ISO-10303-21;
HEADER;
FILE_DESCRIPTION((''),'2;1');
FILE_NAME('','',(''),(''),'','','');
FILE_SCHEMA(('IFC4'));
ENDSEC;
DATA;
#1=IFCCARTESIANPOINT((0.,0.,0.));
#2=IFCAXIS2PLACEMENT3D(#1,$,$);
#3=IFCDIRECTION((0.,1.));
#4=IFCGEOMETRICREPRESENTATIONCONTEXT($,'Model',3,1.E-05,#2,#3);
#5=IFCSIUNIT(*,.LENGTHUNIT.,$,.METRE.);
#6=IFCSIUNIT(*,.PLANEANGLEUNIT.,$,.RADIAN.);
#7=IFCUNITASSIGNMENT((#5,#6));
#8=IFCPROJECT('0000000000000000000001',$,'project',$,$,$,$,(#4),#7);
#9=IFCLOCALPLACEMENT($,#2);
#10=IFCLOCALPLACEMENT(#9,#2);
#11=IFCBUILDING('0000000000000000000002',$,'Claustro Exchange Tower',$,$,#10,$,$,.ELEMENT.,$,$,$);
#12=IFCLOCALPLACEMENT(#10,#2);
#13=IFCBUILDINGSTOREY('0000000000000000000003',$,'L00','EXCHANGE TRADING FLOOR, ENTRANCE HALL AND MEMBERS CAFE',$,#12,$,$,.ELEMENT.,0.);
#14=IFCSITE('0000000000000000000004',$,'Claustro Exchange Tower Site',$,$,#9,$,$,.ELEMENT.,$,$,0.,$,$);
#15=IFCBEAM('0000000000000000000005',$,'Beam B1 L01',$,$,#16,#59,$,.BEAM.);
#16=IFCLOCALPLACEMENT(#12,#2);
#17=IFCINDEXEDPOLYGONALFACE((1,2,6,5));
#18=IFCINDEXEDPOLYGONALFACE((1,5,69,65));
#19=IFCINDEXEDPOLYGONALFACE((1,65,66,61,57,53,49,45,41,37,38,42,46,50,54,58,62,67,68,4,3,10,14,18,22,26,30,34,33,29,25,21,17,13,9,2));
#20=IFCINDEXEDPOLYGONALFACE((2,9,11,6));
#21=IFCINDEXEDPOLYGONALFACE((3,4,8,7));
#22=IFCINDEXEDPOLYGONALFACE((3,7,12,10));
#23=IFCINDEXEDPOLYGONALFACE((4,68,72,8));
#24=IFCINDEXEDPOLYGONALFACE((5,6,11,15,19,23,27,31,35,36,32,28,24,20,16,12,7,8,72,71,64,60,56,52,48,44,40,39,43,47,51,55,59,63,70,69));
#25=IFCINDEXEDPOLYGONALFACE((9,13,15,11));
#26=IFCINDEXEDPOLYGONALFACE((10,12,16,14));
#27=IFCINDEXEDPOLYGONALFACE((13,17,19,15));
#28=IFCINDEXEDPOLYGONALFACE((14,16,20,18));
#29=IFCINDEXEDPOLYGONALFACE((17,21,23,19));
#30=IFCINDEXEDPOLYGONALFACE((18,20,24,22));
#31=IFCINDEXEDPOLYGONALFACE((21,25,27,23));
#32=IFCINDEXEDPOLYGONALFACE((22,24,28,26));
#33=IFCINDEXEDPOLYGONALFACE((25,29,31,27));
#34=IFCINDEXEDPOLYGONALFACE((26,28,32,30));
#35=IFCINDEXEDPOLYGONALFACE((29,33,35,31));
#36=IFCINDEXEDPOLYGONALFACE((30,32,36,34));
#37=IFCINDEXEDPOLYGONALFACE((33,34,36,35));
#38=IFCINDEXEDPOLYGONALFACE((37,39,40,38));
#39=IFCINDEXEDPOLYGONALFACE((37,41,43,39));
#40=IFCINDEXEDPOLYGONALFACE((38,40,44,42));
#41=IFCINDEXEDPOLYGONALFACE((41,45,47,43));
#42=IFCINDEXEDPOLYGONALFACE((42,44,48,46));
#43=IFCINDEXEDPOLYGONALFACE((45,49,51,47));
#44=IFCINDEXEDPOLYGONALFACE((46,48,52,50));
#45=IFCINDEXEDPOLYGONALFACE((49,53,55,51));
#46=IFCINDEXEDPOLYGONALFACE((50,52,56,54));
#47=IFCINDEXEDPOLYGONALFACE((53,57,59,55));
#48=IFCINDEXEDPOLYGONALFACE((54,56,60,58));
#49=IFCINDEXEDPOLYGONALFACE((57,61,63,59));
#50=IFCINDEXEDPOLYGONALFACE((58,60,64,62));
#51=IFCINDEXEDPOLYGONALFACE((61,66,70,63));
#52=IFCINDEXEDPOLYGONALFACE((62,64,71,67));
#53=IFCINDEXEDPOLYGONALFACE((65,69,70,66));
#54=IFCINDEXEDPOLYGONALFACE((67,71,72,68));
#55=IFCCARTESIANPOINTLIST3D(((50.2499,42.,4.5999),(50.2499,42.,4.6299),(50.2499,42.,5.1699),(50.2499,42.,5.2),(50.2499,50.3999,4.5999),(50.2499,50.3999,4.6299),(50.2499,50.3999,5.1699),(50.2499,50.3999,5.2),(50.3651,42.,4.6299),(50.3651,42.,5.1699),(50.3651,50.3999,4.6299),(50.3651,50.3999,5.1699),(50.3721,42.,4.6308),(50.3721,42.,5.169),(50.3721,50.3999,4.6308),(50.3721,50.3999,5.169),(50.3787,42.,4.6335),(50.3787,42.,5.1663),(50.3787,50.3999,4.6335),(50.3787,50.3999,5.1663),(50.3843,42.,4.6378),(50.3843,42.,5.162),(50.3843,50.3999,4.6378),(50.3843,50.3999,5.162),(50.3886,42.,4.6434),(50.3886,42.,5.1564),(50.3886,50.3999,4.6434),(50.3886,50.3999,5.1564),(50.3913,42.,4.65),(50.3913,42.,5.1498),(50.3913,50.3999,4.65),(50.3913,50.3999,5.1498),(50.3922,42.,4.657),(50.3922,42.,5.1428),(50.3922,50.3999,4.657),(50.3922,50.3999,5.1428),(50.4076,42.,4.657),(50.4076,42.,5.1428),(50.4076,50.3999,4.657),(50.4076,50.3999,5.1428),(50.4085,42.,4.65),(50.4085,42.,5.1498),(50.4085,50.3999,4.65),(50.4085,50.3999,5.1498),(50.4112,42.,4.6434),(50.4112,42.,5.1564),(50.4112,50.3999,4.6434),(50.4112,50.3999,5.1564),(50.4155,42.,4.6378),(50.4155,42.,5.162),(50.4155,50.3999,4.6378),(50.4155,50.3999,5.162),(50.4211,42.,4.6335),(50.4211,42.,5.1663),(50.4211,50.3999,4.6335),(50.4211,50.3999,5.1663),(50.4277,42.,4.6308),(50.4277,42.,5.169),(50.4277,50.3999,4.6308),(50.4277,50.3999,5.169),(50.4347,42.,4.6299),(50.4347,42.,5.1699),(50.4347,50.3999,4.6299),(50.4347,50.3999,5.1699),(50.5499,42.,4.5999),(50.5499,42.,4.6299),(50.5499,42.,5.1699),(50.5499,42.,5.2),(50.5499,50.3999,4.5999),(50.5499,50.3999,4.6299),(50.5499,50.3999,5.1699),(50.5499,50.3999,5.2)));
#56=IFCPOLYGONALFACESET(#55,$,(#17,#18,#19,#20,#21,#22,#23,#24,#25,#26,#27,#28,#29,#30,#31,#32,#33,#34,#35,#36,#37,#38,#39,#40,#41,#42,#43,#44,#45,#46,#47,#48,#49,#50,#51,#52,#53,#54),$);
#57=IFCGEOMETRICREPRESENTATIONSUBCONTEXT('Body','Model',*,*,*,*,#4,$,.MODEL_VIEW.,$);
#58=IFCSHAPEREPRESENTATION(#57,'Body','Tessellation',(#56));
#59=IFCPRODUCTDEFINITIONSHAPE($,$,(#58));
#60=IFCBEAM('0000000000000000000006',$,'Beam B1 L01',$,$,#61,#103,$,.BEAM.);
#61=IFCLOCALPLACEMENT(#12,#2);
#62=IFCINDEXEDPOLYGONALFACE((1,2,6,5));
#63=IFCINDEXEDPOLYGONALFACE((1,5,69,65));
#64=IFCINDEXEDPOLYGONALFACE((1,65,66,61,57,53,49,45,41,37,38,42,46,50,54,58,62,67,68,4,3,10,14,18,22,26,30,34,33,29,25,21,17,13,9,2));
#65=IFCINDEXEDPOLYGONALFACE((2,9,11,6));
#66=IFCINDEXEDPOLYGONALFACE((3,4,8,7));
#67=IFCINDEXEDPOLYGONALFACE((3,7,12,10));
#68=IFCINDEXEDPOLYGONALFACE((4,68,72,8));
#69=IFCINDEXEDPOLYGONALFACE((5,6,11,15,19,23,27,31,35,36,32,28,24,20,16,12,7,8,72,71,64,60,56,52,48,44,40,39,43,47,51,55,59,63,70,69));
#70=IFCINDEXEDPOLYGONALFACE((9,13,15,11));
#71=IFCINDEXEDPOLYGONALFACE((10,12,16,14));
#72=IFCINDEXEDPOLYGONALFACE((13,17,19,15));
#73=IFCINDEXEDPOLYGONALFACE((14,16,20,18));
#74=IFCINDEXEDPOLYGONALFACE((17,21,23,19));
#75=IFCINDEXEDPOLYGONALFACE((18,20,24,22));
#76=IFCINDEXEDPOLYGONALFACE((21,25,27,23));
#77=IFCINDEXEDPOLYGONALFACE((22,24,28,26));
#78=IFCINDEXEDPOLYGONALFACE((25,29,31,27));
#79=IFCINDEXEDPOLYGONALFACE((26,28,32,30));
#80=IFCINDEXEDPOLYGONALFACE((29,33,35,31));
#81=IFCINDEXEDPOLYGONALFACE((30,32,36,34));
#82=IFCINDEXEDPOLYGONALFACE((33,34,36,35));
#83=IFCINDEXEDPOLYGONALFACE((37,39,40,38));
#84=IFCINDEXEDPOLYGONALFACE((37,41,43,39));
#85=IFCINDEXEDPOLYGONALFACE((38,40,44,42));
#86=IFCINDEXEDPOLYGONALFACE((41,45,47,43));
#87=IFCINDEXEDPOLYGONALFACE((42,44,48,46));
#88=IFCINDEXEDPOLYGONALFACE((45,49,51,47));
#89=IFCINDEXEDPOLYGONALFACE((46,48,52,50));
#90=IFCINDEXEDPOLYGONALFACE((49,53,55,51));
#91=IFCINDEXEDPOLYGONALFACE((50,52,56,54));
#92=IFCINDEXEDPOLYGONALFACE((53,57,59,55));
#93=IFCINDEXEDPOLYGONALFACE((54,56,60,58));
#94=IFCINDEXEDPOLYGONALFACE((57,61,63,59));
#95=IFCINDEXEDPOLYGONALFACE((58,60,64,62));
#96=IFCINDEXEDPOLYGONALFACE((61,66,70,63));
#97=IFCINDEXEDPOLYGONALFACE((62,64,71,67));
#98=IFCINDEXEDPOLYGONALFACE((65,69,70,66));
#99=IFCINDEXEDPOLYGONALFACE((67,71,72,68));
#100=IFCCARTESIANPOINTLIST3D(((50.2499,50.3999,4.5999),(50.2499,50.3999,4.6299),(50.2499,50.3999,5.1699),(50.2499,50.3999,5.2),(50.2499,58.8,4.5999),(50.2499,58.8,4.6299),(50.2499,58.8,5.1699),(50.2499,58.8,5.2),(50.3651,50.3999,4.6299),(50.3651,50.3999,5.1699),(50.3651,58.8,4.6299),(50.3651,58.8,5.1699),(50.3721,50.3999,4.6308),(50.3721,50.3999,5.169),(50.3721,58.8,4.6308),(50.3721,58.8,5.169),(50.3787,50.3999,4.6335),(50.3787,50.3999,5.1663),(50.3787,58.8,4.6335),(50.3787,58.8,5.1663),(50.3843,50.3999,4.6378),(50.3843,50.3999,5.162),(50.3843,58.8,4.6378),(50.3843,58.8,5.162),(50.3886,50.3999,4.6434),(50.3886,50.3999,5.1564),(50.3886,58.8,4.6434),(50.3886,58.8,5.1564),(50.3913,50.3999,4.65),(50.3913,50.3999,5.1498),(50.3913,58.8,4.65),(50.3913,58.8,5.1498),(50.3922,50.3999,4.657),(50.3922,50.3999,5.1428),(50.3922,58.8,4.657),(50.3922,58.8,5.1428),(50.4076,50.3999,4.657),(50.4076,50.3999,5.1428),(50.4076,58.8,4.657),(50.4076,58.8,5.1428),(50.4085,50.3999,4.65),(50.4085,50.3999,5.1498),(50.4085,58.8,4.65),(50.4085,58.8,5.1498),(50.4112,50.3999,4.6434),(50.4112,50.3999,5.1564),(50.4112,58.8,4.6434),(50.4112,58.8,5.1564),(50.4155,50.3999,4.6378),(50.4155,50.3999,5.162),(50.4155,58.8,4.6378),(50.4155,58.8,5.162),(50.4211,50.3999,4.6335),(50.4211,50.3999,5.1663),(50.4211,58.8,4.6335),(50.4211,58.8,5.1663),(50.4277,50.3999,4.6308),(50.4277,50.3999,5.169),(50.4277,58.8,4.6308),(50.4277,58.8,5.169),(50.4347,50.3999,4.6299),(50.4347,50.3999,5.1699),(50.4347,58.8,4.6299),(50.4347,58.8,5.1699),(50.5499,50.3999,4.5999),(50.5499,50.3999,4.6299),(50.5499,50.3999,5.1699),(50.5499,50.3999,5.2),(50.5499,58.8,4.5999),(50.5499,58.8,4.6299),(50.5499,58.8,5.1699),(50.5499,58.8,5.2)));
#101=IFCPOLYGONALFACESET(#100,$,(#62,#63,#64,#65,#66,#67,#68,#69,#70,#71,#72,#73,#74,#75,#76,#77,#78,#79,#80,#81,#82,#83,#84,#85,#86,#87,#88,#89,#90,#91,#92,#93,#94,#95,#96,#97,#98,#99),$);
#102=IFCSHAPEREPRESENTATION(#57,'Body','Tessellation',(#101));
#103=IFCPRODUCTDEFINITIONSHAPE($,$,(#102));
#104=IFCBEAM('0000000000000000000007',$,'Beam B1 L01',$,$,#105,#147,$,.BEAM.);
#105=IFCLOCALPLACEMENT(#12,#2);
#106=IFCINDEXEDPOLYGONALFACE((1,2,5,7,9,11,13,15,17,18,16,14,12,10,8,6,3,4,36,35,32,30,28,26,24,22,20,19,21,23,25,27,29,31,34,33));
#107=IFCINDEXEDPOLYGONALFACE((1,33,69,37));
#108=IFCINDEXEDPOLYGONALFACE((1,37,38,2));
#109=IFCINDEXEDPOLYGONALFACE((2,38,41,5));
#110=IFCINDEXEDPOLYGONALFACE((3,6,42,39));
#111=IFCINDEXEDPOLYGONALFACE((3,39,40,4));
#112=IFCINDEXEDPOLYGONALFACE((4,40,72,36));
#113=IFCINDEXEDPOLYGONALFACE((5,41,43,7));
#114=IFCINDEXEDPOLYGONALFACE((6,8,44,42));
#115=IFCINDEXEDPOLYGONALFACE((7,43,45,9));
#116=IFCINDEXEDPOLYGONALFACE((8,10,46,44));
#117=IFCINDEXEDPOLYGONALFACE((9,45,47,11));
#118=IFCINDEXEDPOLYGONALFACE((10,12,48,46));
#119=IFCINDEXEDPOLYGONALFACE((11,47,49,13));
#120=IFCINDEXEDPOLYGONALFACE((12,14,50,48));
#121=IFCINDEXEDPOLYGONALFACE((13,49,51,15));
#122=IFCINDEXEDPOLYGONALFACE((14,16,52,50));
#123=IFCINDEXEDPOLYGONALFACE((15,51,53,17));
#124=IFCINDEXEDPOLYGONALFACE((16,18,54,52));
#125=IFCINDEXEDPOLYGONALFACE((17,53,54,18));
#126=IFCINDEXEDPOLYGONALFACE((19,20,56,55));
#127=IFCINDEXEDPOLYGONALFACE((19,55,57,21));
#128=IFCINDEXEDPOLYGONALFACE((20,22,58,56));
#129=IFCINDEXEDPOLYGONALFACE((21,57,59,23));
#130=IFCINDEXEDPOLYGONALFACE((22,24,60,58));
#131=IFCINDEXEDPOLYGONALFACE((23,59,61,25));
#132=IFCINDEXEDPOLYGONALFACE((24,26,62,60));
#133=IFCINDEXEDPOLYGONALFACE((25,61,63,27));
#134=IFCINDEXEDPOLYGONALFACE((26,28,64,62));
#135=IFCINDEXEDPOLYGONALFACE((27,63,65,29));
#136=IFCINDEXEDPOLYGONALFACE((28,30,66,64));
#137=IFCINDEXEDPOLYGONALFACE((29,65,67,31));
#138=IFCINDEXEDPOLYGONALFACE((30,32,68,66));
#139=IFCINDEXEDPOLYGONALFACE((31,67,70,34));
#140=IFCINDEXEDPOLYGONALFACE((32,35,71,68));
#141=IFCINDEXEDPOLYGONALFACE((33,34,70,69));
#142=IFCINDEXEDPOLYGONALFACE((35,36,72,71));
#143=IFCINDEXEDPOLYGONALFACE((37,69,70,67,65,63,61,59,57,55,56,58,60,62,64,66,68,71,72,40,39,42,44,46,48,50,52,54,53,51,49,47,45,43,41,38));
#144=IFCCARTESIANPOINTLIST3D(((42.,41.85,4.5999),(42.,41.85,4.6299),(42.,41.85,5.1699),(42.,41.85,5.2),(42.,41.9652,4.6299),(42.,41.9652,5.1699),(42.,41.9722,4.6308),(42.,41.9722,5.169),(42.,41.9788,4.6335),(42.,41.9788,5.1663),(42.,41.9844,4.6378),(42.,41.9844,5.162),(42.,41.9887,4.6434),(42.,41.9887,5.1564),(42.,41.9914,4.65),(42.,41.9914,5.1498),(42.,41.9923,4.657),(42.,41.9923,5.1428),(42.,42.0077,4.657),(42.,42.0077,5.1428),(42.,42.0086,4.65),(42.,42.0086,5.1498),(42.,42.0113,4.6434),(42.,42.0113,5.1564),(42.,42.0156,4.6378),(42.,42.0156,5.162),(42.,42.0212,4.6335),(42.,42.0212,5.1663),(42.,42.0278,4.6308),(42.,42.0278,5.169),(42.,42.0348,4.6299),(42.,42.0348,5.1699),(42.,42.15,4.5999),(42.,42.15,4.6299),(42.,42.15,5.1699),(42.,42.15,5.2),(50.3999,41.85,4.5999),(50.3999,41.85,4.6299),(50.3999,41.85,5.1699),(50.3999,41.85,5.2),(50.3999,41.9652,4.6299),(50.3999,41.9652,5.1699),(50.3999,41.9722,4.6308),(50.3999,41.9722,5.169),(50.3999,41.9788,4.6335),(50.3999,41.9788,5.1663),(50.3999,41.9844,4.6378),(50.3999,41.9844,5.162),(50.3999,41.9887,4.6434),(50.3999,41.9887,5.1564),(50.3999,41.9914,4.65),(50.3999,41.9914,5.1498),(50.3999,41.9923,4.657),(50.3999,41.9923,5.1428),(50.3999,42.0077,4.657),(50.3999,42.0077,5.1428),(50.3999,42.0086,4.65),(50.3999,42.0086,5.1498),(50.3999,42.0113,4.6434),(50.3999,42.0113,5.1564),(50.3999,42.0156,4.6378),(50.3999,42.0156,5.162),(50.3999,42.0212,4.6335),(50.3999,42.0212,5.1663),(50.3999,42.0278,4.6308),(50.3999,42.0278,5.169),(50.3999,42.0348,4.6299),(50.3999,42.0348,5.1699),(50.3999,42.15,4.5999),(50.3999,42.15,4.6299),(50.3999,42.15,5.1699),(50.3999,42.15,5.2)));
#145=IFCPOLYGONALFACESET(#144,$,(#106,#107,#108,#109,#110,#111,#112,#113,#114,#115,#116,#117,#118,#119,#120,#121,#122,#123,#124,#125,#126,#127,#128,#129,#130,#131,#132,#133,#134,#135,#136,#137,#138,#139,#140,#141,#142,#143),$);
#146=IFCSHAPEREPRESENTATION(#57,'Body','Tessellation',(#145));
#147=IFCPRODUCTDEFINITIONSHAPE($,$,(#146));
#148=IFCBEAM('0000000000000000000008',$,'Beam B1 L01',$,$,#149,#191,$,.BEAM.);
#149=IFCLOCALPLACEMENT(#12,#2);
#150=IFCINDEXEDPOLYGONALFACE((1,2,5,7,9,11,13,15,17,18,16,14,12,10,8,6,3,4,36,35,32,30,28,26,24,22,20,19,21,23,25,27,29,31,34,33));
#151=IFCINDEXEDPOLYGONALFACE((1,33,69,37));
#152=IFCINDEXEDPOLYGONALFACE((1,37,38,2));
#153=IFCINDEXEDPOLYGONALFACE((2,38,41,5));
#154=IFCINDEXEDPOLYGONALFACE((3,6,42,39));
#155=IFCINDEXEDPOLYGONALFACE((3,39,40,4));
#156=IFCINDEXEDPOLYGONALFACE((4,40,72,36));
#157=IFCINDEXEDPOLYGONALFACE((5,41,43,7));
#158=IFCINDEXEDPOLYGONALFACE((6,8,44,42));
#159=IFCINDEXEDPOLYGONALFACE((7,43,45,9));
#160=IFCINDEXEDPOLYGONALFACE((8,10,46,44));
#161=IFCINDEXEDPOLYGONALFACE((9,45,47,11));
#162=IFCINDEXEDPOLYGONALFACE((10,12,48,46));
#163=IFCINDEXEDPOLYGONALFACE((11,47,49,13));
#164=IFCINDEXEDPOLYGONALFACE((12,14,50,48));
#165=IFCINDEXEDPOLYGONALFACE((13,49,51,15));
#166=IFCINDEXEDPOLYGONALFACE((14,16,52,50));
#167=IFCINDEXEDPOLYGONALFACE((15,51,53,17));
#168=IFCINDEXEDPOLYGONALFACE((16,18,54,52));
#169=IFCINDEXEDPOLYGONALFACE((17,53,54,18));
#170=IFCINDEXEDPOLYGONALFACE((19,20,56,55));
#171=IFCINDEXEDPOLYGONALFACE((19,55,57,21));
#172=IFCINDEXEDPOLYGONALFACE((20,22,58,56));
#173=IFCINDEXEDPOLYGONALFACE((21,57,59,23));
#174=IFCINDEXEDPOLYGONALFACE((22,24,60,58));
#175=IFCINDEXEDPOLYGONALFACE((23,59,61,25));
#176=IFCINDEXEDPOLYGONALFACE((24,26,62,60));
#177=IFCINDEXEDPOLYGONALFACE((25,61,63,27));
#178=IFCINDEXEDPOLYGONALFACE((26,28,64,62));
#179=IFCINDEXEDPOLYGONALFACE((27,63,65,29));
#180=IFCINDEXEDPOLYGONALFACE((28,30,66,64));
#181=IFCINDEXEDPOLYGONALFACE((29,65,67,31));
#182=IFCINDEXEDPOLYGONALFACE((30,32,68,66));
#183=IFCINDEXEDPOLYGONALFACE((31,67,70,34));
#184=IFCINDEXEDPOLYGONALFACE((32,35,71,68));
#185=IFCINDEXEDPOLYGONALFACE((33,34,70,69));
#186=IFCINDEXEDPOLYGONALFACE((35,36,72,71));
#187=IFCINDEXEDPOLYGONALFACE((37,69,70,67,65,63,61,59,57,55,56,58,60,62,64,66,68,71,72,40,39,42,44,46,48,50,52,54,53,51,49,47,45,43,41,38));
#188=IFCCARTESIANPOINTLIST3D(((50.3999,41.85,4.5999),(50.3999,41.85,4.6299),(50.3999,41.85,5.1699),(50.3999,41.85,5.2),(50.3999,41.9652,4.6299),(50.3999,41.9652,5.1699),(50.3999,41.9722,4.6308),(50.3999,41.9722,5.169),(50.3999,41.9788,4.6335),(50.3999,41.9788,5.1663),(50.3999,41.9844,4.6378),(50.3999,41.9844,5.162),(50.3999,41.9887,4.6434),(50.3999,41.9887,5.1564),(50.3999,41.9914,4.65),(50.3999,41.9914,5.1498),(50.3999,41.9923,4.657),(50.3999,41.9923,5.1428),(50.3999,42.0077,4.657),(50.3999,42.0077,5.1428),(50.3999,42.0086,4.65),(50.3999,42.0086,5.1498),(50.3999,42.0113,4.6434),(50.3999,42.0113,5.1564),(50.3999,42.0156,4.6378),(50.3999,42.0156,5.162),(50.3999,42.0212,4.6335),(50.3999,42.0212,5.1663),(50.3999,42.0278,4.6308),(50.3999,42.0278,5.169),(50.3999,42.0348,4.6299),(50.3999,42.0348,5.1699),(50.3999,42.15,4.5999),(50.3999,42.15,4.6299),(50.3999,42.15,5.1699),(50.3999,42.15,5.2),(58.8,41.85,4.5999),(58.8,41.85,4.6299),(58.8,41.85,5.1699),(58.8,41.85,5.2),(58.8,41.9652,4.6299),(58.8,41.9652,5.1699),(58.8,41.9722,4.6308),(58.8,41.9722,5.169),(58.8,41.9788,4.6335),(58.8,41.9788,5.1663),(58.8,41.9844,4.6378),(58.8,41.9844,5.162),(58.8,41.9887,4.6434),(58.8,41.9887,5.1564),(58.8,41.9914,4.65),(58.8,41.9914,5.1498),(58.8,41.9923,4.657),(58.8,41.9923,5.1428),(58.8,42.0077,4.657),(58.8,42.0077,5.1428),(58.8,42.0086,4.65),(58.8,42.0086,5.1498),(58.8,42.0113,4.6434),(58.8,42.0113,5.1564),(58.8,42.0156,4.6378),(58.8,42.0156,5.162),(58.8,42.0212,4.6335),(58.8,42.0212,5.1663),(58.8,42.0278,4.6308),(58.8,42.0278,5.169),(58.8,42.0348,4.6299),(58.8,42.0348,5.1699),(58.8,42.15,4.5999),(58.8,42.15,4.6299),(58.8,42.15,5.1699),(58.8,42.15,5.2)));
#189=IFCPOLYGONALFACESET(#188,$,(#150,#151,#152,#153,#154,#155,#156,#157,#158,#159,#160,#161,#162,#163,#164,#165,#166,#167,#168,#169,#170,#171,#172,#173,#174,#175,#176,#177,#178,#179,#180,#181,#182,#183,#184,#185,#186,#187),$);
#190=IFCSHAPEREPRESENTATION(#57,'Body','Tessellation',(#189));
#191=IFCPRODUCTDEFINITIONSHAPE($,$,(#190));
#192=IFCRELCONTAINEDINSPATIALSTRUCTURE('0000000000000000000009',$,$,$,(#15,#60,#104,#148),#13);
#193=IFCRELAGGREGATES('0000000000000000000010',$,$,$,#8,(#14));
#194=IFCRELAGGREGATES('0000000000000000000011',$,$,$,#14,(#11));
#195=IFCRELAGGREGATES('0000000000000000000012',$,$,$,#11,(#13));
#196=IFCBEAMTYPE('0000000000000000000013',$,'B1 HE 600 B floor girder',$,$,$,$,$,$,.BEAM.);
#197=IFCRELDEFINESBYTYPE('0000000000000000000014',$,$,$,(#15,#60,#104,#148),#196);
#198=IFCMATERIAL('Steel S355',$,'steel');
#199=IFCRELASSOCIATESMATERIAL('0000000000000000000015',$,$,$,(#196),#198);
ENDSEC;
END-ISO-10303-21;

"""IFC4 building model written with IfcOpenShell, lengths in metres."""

from ifc_helpers import new_model, si_unit, direction, frame, origin, origin_2d, place, context, subcontext, project, spatial, i_section, extrude, material, material_profile, profile_set, type_object, element, save


model = new_model("IFC4")

# Units and contexts
model_context = context("Model", 3, precision=1e-05, world=origin(), true_north=direction((0.0, 1.0)))
body_context = subcontext(model_context, "Body", "Model", "MODEL_VIEW")
ifc_project = project(units=[si_unit("LENGTHUNIT", "METRE"), si_unit("PLANEANGLEUNIT", "RADIAN")], contexts=[model_context])

# Site, building, storey
site_placement = place(None, origin())
site = spatial("IfcSite", under=ifc_project, at=site_placement, Name="Claustro Exchange Tower Site", CompositionType="ELEMENT", RefElevation=0.0)
building_placement = place(site_placement, origin())
building = spatial("IfcBuilding", under=site, at=building_placement, Name="Claustro Exchange Tower", CompositionType="ELEMENT")
storey_placement = place(building_placement, origin())
storey = spatial("IfcBuildingStorey", under=building, at=storey_placement, Name="L00", Description="EXCHANGE TRADING FLOOR, ENTRANCE HALL AND MEMBERS CAFE", CompositionType="ELEMENT", Elevation=0.0)

# Beams
ifc_material_1 = material(Name="Steel S355", Category="steel")
ifc_material_profile_1 = material_profile(ifc_material_1, i_section(OverallWidth=0.3, OverallDepth=0.6001, WebThickness=0.0154, FlangeThickness=0.03, FilletRadius=0.0271, at=origin_2d()), Name="HE 600 B")
ifc_profile_set_1 = profile_set([ifc_material_profile_1], Name="Steel S355")
beam_type_1 = type_object("IfcBeamType", Name="B1 HE 600 B floor girder", PredefinedType="BEAM", material=ifc_profile_set_1)
beam_1_placement = place(storey_placement, frame((50.3999, 42.0, 4.8999), z_axis=(0.0, 1.0, 0.0), x_axis=(-1.0, 0.0, 0.0)))
element("IfcBeam", 1, at=beam_1_placement, inside=storey, type_object=beam_type_1, Name="Beam B1 L01", PredefinedType="BEAM", context=body_context, shape_type="SweptSolid", body=[
    extrude(i_section(OverallWidth=0.3, OverallDepth=0.6001, WebThickness=0.0154, FlangeThickness=0.03, FilletRadius=0.0271, at=origin_2d()), origin(), (0.0, 0.0, 1.0), 8.3999),
])
beam_2_placement = place(storey_placement, frame((50.3999, 50.3999, 4.8999), z_axis=(0.0, 1.0, 0.0), x_axis=(-1.0, 0.0, 0.0)))
element("IfcBeam", 2, at=beam_2_placement, inside=storey, type_object=beam_type_1, Name="Beam B1 L01", PredefinedType="BEAM", context=body_context, shape_type="SweptSolid", body=[
    extrude(i_section(OverallWidth=0.3, OverallDepth=0.6001, WebThickness=0.0154, FlangeThickness=0.03, FilletRadius=0.0271, at=origin_2d()), origin(), (0.0, 0.0, 1.0), 8.4001),
])
beam_3_placement = place(storey_placement, frame((42.0, 42.0, 4.8999), z_axis=(1.0, 0.0, 0.0), x_axis=(0.0, 1.0, 0.0)))
element("IfcBeam", 3, at=beam_3_placement, inside=storey, type_object=beam_type_1, Name="Beam B1 L01", PredefinedType="BEAM", context=body_context, shape_type="SweptSolid", body=[
    extrude(i_section(OverallWidth=0.3, OverallDepth=0.6001, WebThickness=0.0154, FlangeThickness=0.03, FilletRadius=0.0271, at=origin_2d()), origin(), (0.0, 0.0, 1.0), 8.3999),
])
beam_4_placement = place(storey_placement, frame((50.3999, 42.0, 4.8999), z_axis=(1.0, 0.0, 0.0), x_axis=(0.0, 1.0, 0.0)))
element("IfcBeam", 4, at=beam_4_placement, inside=storey, type_object=beam_type_1, Name="Beam B1 L01", PredefinedType="BEAM", context=body_context, shape_type="SweptSolid", body=[
    extrude(i_section(OverallWidth=0.3, OverallDepth=0.6001, WebThickness=0.0154, FlangeThickness=0.03, FilletRadius=0.0271, at=origin_2d()), origin(), (0.0, 0.0, 1.0), 8.4001),
])

save(model, "model.ifc")
